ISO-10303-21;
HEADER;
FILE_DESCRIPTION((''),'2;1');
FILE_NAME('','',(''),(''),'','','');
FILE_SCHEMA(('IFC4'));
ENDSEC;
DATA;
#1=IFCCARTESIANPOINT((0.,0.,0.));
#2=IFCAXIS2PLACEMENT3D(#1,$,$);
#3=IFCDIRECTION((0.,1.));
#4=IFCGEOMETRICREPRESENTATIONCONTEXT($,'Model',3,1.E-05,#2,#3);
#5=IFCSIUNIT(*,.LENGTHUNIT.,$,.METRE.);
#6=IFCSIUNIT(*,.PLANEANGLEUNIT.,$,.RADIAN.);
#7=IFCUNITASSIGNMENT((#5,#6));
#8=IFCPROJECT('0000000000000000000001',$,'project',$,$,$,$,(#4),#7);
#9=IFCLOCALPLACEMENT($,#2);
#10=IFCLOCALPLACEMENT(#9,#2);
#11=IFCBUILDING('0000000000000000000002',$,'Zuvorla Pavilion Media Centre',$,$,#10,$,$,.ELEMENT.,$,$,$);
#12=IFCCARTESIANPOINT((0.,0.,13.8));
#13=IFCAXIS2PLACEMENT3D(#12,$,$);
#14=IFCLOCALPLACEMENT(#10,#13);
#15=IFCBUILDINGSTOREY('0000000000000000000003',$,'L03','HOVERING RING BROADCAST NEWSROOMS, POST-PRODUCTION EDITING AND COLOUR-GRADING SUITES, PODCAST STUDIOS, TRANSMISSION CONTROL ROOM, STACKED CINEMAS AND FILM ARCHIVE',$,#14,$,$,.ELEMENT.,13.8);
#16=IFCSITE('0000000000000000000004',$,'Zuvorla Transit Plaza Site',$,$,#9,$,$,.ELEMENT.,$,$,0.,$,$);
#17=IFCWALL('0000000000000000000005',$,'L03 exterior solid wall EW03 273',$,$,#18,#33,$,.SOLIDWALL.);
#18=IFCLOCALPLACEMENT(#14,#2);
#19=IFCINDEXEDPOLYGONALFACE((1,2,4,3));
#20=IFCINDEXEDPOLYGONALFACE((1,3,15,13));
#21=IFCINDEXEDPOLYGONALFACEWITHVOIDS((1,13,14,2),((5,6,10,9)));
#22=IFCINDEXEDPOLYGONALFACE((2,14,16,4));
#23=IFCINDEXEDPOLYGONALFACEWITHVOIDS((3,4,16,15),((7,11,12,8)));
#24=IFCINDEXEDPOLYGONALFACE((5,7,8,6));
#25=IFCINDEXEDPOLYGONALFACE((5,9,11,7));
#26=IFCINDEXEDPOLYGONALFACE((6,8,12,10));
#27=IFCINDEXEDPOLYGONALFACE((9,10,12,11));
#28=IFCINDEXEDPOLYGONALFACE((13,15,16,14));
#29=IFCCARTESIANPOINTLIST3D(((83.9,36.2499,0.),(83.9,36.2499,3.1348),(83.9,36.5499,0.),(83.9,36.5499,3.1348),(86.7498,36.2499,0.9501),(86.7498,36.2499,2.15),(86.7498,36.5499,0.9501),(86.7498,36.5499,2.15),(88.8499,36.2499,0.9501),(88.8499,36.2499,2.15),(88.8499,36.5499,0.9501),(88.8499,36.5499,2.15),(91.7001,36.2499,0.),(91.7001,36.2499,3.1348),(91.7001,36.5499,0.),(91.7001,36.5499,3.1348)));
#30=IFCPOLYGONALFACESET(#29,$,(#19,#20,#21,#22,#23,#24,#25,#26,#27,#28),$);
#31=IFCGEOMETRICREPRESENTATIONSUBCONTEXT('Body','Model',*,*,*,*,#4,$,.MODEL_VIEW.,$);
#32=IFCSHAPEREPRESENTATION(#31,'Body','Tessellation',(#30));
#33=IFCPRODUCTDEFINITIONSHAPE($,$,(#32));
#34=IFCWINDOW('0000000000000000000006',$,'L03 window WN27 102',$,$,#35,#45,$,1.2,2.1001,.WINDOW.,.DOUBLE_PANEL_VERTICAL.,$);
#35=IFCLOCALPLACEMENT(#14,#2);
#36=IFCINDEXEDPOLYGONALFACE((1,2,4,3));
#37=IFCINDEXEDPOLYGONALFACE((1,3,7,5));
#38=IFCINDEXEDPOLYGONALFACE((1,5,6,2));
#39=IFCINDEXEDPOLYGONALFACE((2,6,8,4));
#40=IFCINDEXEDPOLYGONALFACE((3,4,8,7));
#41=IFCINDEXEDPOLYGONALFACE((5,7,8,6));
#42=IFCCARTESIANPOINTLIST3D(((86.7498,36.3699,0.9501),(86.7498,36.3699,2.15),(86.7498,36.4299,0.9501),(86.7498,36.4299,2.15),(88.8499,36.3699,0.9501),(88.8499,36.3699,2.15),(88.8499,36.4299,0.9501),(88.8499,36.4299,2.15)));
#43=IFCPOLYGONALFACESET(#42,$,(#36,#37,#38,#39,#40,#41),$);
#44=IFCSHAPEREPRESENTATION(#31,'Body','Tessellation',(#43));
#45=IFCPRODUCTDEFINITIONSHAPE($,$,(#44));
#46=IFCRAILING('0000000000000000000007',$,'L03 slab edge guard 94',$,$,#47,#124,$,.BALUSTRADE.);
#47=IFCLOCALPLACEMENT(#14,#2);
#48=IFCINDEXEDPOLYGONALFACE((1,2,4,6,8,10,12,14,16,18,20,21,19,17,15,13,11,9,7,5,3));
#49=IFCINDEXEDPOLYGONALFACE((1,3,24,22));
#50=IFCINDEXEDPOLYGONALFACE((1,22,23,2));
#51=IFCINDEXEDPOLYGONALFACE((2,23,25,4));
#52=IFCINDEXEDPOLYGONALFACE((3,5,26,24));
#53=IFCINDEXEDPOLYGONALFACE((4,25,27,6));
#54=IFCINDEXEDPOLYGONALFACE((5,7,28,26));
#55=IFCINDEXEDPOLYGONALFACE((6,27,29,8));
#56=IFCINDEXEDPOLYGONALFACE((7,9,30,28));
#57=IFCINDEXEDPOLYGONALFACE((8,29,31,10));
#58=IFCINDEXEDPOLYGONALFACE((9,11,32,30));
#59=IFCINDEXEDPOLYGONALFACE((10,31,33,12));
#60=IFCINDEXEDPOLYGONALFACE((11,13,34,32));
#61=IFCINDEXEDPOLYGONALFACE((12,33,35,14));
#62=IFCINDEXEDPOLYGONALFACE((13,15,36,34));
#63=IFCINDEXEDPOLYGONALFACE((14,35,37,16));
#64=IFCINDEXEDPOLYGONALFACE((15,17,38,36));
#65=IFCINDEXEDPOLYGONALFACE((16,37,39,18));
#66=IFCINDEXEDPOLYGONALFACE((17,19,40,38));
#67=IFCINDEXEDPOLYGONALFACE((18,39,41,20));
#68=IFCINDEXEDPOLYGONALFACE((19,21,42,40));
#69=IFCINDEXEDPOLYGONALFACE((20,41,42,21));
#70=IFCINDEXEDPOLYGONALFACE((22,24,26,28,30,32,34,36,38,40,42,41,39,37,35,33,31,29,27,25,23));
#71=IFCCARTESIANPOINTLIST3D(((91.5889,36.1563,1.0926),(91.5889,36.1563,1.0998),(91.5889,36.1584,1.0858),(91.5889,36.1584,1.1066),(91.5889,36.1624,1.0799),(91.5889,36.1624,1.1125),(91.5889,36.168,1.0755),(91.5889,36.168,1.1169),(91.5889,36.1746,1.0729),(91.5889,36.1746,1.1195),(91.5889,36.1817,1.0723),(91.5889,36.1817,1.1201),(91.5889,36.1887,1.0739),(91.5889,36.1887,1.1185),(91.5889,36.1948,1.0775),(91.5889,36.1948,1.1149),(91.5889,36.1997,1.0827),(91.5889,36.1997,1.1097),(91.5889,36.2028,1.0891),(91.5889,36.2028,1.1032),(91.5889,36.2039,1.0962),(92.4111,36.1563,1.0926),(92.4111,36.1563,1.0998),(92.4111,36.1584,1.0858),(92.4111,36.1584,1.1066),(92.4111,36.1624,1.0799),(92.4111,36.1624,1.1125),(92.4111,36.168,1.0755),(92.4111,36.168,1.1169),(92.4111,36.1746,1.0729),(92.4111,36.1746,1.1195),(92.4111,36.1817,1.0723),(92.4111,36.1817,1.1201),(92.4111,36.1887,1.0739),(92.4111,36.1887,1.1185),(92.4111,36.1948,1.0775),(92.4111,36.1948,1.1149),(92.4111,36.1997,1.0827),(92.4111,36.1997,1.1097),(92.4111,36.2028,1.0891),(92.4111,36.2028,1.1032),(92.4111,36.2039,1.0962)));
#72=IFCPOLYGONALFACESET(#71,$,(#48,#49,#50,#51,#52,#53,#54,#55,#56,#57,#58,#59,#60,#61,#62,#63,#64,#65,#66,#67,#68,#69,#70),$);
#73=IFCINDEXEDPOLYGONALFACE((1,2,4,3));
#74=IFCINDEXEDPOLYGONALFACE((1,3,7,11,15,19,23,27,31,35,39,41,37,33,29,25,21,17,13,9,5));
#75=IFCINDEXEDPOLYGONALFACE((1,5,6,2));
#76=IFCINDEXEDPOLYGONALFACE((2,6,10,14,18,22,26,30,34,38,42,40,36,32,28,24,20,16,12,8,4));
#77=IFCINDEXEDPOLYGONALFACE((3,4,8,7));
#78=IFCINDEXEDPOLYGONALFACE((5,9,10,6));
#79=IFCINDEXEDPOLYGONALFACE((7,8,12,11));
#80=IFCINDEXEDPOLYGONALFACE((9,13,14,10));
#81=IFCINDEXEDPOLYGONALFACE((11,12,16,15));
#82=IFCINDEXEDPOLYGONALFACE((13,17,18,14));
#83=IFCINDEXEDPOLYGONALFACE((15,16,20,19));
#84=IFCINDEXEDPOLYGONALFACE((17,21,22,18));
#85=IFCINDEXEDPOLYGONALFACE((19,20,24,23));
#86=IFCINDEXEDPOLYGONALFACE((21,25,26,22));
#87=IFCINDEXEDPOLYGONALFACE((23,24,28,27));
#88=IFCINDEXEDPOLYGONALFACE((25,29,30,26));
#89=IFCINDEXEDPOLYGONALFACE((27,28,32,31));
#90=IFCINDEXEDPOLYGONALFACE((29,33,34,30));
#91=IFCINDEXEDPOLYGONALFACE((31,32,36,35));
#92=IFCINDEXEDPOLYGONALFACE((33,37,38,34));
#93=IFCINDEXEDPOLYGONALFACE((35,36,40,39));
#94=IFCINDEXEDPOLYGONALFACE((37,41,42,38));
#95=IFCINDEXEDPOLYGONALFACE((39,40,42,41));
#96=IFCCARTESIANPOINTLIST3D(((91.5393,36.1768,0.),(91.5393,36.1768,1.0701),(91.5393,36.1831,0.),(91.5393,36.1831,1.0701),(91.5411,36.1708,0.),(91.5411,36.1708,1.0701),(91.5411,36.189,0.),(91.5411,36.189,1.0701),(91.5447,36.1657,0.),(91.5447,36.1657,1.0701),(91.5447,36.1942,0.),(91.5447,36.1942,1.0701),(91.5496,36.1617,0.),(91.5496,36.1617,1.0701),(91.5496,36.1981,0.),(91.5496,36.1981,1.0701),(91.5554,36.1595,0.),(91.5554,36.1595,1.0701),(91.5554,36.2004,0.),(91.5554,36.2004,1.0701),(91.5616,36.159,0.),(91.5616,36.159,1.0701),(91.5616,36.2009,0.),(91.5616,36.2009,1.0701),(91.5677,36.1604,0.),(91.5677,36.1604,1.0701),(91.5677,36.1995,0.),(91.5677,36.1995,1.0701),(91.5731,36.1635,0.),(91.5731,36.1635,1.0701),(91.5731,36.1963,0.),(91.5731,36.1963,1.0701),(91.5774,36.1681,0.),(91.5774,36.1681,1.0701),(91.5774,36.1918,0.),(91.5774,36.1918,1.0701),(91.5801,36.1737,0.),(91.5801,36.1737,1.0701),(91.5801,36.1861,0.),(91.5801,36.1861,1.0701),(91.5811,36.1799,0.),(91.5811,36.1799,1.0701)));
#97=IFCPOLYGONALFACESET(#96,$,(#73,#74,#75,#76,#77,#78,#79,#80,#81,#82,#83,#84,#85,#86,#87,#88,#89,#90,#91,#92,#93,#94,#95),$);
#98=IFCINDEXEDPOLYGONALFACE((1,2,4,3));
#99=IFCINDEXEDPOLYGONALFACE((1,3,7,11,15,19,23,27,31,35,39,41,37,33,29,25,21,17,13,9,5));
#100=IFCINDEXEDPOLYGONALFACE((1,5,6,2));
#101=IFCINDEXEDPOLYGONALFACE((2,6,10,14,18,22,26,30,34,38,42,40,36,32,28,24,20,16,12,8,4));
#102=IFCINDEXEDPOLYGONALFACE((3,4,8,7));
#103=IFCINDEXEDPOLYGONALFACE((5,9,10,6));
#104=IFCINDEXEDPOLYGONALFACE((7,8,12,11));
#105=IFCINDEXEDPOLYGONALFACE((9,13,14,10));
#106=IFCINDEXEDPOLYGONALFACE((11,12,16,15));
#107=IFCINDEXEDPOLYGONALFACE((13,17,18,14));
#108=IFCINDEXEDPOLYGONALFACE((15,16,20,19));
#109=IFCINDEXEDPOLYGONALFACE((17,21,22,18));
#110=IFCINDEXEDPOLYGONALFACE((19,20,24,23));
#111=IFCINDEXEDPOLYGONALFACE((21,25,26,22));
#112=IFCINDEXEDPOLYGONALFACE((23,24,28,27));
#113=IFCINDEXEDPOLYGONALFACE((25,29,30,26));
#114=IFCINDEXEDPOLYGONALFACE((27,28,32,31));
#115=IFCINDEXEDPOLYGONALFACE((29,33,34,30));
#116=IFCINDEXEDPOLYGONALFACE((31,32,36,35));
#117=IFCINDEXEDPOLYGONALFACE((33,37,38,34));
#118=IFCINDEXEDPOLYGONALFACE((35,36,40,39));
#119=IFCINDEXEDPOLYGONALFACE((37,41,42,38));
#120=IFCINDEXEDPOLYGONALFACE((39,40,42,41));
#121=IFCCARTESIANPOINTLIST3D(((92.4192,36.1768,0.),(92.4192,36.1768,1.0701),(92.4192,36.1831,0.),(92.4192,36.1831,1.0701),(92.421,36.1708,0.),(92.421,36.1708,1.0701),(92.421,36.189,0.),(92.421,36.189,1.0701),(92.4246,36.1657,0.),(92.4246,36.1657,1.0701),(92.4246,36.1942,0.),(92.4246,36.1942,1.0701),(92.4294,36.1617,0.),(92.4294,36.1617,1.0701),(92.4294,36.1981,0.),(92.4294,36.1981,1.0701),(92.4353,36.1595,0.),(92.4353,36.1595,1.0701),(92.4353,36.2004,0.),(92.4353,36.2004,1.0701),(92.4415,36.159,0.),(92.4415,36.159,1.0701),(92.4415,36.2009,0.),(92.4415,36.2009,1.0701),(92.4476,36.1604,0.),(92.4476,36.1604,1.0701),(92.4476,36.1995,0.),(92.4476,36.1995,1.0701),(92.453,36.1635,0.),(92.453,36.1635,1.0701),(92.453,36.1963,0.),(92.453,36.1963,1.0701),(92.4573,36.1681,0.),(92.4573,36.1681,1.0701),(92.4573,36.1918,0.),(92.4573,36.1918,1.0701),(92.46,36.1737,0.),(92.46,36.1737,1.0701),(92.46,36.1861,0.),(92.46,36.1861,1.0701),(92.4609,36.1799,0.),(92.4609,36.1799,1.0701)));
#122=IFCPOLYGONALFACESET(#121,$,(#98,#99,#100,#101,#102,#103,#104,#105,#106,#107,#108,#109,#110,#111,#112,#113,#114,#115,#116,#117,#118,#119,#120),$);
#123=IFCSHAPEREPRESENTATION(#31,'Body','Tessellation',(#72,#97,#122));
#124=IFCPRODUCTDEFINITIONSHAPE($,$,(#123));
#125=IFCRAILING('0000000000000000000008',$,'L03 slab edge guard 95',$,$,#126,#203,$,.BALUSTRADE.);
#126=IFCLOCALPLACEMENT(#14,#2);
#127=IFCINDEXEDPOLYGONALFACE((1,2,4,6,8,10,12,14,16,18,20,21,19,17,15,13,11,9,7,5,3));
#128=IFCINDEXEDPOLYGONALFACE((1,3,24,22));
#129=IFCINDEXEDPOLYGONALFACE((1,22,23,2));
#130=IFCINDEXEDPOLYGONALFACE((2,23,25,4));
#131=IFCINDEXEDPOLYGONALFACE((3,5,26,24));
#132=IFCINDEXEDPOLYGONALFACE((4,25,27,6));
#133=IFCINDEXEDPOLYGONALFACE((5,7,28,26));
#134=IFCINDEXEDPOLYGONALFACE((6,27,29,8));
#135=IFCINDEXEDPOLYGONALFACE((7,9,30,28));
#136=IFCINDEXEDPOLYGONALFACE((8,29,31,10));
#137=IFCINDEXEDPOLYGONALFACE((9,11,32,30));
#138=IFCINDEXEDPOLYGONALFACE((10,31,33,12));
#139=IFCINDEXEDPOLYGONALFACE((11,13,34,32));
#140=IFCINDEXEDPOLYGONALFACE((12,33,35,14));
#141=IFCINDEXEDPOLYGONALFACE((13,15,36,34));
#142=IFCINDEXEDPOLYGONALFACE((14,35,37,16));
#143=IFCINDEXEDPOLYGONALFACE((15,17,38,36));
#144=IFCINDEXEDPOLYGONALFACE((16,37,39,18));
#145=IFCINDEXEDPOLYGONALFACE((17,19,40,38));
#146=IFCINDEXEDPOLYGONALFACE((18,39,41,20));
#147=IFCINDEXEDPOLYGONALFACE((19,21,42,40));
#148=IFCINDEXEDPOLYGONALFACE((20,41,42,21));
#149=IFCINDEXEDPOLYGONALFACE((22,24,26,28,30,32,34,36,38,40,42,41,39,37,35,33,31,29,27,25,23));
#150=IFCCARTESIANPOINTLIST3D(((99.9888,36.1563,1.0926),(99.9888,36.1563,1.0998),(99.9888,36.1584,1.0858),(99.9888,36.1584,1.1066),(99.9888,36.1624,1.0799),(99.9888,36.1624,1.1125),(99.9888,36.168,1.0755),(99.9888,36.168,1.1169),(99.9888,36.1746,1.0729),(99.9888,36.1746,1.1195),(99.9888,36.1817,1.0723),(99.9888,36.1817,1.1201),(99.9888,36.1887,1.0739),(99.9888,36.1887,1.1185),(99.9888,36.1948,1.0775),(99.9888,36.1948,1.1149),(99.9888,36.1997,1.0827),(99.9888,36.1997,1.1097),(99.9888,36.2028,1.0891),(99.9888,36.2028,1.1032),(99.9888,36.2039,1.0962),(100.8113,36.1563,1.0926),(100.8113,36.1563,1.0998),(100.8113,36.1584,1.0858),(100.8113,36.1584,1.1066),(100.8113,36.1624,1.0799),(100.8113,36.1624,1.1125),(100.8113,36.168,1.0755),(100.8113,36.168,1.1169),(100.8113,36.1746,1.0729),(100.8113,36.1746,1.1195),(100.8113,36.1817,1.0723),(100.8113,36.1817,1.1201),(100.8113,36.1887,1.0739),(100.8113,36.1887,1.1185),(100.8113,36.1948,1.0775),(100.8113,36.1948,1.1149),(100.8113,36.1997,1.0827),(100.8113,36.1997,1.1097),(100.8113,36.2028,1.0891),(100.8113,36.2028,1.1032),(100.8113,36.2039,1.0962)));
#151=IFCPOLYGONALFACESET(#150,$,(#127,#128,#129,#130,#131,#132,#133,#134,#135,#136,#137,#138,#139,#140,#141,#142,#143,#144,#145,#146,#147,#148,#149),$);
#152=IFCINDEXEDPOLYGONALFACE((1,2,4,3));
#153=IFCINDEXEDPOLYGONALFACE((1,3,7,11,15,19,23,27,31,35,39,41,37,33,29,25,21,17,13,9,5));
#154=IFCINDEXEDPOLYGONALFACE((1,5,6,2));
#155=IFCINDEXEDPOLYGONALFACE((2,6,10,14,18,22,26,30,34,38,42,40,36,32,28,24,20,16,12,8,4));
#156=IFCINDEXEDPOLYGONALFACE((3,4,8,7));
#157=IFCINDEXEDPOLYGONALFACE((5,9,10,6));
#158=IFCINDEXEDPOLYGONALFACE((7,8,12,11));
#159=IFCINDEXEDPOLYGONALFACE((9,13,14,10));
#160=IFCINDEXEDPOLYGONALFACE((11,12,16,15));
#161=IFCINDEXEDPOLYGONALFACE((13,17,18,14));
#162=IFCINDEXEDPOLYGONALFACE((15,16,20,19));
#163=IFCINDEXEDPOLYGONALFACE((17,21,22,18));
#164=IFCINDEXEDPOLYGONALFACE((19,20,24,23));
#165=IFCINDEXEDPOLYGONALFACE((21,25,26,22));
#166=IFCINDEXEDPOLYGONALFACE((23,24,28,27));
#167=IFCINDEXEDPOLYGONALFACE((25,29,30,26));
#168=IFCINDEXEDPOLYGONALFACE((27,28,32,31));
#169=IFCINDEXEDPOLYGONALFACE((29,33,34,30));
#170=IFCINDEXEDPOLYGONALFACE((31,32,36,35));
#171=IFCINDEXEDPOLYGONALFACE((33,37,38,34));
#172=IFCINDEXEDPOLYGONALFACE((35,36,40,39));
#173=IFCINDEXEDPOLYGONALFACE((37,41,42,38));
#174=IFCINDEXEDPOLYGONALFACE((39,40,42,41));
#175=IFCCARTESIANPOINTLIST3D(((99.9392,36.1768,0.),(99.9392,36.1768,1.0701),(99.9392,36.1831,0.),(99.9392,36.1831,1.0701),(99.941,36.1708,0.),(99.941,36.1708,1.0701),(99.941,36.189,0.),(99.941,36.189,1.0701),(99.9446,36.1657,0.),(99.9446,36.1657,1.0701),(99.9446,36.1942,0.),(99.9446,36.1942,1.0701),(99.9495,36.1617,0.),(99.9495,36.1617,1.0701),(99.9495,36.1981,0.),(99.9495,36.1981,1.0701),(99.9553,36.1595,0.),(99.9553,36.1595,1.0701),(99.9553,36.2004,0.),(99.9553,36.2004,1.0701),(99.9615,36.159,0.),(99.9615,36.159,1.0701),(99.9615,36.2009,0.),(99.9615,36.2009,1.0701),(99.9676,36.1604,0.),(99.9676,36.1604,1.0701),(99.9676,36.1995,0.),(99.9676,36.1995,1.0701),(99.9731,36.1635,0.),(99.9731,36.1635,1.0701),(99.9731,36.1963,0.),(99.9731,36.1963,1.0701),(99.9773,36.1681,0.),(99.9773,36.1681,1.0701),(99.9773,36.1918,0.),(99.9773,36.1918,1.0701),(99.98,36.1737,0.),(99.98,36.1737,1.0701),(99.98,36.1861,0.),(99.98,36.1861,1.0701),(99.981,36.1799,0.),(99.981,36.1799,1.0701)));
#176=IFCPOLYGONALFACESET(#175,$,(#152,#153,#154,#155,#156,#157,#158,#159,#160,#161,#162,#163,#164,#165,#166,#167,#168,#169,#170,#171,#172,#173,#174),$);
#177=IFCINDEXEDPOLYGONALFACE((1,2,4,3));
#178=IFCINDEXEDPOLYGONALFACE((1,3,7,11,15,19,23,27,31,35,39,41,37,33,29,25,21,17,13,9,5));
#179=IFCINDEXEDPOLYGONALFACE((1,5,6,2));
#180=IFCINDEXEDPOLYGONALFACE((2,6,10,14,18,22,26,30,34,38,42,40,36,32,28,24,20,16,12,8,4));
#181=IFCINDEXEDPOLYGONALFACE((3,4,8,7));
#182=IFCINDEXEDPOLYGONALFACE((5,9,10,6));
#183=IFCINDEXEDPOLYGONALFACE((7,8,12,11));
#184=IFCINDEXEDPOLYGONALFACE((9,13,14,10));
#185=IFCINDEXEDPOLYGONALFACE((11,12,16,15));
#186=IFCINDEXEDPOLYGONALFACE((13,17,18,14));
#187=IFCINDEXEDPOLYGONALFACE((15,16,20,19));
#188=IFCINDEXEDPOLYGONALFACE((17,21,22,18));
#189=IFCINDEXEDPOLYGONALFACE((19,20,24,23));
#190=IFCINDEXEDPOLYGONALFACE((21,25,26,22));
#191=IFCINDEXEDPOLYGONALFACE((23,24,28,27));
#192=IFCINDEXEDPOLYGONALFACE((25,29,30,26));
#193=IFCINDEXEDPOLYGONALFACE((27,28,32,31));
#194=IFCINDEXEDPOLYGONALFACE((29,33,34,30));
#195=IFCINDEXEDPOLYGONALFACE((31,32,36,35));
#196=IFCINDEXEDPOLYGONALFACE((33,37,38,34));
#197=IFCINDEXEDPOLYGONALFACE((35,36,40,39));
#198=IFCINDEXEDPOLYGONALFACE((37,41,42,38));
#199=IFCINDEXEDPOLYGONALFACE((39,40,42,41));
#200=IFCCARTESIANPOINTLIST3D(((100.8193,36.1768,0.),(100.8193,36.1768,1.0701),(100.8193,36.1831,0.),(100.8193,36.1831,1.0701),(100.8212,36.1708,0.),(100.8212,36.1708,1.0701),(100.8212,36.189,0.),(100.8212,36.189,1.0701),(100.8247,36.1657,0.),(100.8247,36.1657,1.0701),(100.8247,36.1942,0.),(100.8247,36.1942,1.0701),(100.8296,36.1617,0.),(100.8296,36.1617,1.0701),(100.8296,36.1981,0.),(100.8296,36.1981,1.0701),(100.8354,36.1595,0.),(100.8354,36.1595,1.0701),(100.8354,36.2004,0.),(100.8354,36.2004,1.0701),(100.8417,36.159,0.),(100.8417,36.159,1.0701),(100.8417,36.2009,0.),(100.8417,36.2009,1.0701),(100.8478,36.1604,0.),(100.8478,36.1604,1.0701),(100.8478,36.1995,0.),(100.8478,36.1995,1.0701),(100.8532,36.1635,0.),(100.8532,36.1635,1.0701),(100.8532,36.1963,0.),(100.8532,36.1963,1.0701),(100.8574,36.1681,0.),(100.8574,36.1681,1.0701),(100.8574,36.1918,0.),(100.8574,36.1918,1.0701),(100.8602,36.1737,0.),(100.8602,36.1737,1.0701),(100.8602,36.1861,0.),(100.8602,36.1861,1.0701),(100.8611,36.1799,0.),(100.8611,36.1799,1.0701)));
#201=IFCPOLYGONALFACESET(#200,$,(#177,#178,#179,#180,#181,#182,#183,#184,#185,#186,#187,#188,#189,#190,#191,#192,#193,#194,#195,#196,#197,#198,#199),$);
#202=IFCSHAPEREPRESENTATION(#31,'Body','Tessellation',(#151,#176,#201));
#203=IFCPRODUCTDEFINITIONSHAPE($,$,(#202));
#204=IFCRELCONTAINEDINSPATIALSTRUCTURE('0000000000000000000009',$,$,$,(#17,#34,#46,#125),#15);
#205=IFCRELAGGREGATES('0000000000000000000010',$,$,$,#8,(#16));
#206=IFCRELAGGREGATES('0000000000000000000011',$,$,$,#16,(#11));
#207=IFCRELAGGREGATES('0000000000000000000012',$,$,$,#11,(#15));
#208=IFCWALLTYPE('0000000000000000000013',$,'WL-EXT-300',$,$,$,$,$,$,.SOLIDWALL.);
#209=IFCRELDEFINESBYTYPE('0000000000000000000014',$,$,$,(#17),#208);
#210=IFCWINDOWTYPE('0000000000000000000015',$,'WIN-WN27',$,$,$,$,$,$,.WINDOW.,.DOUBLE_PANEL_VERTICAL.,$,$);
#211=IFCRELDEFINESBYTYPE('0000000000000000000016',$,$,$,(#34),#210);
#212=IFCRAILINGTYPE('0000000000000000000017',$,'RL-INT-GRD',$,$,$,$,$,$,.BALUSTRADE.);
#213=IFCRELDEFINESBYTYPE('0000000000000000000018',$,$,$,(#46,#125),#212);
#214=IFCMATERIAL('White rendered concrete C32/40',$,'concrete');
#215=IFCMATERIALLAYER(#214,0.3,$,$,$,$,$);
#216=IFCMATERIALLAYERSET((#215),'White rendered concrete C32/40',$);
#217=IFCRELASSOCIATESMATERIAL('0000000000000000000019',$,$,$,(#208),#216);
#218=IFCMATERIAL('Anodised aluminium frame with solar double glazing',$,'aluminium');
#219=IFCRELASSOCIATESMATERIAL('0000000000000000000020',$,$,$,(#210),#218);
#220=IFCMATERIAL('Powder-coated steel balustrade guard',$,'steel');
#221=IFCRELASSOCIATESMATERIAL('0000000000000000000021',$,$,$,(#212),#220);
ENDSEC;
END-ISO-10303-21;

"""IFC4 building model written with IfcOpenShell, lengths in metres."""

from ifc_helpers import new_model, si_unit, direction, frame, frame_2d, origin, origin_2d, place, context, subcontext, project, spatial, rectangle, circle, extrude, material, layer, layer_set, type_object, element, fill, save


model = new_model("IFC4")

# Units and contexts
model_context = context("Model", 3, precision=1e-05, world=origin(), true_north=direction((0.0, 1.0)))
body_context = subcontext(model_context, "Body", "Model", "MODEL_VIEW")
ifc_project = project(units=[si_unit("LENGTHUNIT", "METRE"), si_unit("PLANEANGLEUNIT", "RADIAN")], contexts=[model_context])

# Site, building, storey
site_placement = place(None, origin())
site = spatial("IfcSite", under=ifc_project, at=site_placement, Name="Zuvorla Transit Plaza Site", CompositionType="ELEMENT", RefElevation=0.0)
building_placement = place(site_placement, origin())
building = spatial("IfcBuilding", under=site, at=building_placement, Name="Zuvorla Pavilion Media Centre", CompositionType="ELEMENT")
storey_placement = place(building_placement, frame((0.0, 0.0, 13.8)))
storey = spatial("IfcBuildingStorey", under=building, at=storey_placement, Name="L03", Description="HOVERING RING BROADCAST NEWSROOMS, POST-PRODUCTION EDITING AND COLOUR-GRADING SUITES, PODCAST STUDIOS, TRANSMISSION CONTROL ROOM, STACKED CINEMAS AND FILM ARCHIVE", CompositionType="ELEMENT", Elevation=13.8)

# Wall, opening, window
ifc_material_1 = material(Name="White rendered concrete C32/40", Category="concrete")
ifc_layer_1 = layer(ifc_material_1, 0.3)
ifc_layer_set_1 = layer_set([ifc_layer_1], Name="White rendered concrete C32/40")
wall_type_1 = type_object("IfcWallType", Name="WL-EXT-300", PredefinedType="SOLIDWALL", material=ifc_layer_set_1)
wall_1_placement = place(storey_placement, frame((91.7, 36.3999, 0.0), z_axis=(0.0, 0.0, 1.0), x_axis=(-1.0, 0.0, 0.0)))
wall_1 = element("IfcWall", 1, at=wall_1_placement, inside=storey, type_object=wall_type_1, Name="L03 exterior solid wall EW03 273", PredefinedType="SOLIDWALL", context=body_context, shape_type="SweptSolid", body=[
    extrude(rectangle(XDim=7.8, YDim=0.3, at=frame_2d((3.8999, 0.0))), origin(), (0.0, 0.0, 1.0), 3.1348),
])
opening_1_placement = place(wall_1_placement, frame((2.8501, 0.0, 0.95)))
opening_1 = element("IfcOpeningElement", 2, at=opening_1_placement, cuts=wall_1, PredefinedType="OPENING", context=body_context, shape_type="SweptSolid", body=[
    extrude(rectangle(XDim=2.1001, YDim=1.2, at=frame_2d((1.05, 0.6001))), frame((0.0, 0.1599, 0.0), z_axis=(0.0, -1.0, 0.0), x_axis=(1.0, 0.0, 0.0)), (0.0, 0.0, 1.0), 0.3201),
])
ifc_material_2 = material(Name="Anodised aluminium frame with solar double glazing", Category="aluminium")
window_type = type_object("IfcWindowType", Name="WIN-WN27", PartitioningType="DOUBLE_PANEL_VERTICAL", PredefinedType="WINDOW", material=ifc_material_2)
window_placement = place(opening_1_placement, origin())
window = element("IfcWindow", 3, at=window_placement, inside=storey, type_object=window_type, Name="L03 window WN27 102", OverallHeight=1.2, OverallWidth=2.1001, PartitioningType="DOUBLE_PANEL_VERTICAL", PredefinedType="WINDOW", context=body_context, shape_type="SweptSolid", body=[
    extrude(rectangle(XDim=2.1001, YDim=1.2, at=frame_2d((1.05, 0.6001))), frame((0.0, 0.03, 0.0), z_axis=(0.0, -1.0, 0.0), x_axis=(1.0, 0.0, 0.0)), (0.0, 0.0, 1.0), 0.0601),
])
fill(opening_1, window)

# Railings
ifc_material_3 = material(Name="Powder-coated steel balustrade guard", Category="steel")
railing_type = type_object("IfcRailingType", Name="RL-INT-GRD", PredefinedType="BALUSTRADE", material=ifc_material_3)
railing_1_placement = place(storey_placement, frame((91.5601, 36.1799, 0.0)))
element("IfcRailing", 4, at=railing_1_placement, inside=storey, type_object=railing_type, Name="L03 slab edge guard 94", PredefinedType="BALUSTRADE", context=body_context, shape_type="SweptSolid", body=[
    extrude(circle(Radius=0.0239, at=origin_2d()), frame((0.0288, 0.0, 1.0962), z_axis=(1.0, 0.0, 0.0), x_axis=(0.0, 1.0, 0.0)), (0.0, 0.0, 1.0), 0.8223),
    extrude(circle(Radius=0.021, at=origin_2d()), origin(), (0.0, 0.0, 1.0), 1.0701),
    extrude(circle(Radius=0.021, at=origin_2d()), frame((0.8799, 0.0, 0.0)), (0.0, 0.0, 1.0), 1.0701),
])
railing_2_placement = place(storey_placement, frame((99.96, 36.1799, 0.0)))
element("IfcRailing", 5, at=railing_2_placement, inside=storey, type_object=railing_type, Name="L03 slab edge guard 95", PredefinedType="BALUSTRADE", context=body_context, shape_type="SweptSolid", body=[
    extrude(circle(Radius=0.0239, at=origin_2d()), frame((0.0288, 0.0, 1.0962), z_axis=(1.0, 0.0, 0.0), x_axis=(0.0, 1.0, 0.0)), (0.0, 0.0, 1.0), 0.8225),
    extrude(circle(Radius=0.021, at=origin_2d()), origin(), (0.0, 0.0, 1.0), 1.0701),
    extrude(circle(Radius=0.021, at=origin_2d()), frame((0.8801, 0.0, 0.0)), (0.0, 0.0, 1.0), 1.0701),
])

save(model, "model.ifc")
